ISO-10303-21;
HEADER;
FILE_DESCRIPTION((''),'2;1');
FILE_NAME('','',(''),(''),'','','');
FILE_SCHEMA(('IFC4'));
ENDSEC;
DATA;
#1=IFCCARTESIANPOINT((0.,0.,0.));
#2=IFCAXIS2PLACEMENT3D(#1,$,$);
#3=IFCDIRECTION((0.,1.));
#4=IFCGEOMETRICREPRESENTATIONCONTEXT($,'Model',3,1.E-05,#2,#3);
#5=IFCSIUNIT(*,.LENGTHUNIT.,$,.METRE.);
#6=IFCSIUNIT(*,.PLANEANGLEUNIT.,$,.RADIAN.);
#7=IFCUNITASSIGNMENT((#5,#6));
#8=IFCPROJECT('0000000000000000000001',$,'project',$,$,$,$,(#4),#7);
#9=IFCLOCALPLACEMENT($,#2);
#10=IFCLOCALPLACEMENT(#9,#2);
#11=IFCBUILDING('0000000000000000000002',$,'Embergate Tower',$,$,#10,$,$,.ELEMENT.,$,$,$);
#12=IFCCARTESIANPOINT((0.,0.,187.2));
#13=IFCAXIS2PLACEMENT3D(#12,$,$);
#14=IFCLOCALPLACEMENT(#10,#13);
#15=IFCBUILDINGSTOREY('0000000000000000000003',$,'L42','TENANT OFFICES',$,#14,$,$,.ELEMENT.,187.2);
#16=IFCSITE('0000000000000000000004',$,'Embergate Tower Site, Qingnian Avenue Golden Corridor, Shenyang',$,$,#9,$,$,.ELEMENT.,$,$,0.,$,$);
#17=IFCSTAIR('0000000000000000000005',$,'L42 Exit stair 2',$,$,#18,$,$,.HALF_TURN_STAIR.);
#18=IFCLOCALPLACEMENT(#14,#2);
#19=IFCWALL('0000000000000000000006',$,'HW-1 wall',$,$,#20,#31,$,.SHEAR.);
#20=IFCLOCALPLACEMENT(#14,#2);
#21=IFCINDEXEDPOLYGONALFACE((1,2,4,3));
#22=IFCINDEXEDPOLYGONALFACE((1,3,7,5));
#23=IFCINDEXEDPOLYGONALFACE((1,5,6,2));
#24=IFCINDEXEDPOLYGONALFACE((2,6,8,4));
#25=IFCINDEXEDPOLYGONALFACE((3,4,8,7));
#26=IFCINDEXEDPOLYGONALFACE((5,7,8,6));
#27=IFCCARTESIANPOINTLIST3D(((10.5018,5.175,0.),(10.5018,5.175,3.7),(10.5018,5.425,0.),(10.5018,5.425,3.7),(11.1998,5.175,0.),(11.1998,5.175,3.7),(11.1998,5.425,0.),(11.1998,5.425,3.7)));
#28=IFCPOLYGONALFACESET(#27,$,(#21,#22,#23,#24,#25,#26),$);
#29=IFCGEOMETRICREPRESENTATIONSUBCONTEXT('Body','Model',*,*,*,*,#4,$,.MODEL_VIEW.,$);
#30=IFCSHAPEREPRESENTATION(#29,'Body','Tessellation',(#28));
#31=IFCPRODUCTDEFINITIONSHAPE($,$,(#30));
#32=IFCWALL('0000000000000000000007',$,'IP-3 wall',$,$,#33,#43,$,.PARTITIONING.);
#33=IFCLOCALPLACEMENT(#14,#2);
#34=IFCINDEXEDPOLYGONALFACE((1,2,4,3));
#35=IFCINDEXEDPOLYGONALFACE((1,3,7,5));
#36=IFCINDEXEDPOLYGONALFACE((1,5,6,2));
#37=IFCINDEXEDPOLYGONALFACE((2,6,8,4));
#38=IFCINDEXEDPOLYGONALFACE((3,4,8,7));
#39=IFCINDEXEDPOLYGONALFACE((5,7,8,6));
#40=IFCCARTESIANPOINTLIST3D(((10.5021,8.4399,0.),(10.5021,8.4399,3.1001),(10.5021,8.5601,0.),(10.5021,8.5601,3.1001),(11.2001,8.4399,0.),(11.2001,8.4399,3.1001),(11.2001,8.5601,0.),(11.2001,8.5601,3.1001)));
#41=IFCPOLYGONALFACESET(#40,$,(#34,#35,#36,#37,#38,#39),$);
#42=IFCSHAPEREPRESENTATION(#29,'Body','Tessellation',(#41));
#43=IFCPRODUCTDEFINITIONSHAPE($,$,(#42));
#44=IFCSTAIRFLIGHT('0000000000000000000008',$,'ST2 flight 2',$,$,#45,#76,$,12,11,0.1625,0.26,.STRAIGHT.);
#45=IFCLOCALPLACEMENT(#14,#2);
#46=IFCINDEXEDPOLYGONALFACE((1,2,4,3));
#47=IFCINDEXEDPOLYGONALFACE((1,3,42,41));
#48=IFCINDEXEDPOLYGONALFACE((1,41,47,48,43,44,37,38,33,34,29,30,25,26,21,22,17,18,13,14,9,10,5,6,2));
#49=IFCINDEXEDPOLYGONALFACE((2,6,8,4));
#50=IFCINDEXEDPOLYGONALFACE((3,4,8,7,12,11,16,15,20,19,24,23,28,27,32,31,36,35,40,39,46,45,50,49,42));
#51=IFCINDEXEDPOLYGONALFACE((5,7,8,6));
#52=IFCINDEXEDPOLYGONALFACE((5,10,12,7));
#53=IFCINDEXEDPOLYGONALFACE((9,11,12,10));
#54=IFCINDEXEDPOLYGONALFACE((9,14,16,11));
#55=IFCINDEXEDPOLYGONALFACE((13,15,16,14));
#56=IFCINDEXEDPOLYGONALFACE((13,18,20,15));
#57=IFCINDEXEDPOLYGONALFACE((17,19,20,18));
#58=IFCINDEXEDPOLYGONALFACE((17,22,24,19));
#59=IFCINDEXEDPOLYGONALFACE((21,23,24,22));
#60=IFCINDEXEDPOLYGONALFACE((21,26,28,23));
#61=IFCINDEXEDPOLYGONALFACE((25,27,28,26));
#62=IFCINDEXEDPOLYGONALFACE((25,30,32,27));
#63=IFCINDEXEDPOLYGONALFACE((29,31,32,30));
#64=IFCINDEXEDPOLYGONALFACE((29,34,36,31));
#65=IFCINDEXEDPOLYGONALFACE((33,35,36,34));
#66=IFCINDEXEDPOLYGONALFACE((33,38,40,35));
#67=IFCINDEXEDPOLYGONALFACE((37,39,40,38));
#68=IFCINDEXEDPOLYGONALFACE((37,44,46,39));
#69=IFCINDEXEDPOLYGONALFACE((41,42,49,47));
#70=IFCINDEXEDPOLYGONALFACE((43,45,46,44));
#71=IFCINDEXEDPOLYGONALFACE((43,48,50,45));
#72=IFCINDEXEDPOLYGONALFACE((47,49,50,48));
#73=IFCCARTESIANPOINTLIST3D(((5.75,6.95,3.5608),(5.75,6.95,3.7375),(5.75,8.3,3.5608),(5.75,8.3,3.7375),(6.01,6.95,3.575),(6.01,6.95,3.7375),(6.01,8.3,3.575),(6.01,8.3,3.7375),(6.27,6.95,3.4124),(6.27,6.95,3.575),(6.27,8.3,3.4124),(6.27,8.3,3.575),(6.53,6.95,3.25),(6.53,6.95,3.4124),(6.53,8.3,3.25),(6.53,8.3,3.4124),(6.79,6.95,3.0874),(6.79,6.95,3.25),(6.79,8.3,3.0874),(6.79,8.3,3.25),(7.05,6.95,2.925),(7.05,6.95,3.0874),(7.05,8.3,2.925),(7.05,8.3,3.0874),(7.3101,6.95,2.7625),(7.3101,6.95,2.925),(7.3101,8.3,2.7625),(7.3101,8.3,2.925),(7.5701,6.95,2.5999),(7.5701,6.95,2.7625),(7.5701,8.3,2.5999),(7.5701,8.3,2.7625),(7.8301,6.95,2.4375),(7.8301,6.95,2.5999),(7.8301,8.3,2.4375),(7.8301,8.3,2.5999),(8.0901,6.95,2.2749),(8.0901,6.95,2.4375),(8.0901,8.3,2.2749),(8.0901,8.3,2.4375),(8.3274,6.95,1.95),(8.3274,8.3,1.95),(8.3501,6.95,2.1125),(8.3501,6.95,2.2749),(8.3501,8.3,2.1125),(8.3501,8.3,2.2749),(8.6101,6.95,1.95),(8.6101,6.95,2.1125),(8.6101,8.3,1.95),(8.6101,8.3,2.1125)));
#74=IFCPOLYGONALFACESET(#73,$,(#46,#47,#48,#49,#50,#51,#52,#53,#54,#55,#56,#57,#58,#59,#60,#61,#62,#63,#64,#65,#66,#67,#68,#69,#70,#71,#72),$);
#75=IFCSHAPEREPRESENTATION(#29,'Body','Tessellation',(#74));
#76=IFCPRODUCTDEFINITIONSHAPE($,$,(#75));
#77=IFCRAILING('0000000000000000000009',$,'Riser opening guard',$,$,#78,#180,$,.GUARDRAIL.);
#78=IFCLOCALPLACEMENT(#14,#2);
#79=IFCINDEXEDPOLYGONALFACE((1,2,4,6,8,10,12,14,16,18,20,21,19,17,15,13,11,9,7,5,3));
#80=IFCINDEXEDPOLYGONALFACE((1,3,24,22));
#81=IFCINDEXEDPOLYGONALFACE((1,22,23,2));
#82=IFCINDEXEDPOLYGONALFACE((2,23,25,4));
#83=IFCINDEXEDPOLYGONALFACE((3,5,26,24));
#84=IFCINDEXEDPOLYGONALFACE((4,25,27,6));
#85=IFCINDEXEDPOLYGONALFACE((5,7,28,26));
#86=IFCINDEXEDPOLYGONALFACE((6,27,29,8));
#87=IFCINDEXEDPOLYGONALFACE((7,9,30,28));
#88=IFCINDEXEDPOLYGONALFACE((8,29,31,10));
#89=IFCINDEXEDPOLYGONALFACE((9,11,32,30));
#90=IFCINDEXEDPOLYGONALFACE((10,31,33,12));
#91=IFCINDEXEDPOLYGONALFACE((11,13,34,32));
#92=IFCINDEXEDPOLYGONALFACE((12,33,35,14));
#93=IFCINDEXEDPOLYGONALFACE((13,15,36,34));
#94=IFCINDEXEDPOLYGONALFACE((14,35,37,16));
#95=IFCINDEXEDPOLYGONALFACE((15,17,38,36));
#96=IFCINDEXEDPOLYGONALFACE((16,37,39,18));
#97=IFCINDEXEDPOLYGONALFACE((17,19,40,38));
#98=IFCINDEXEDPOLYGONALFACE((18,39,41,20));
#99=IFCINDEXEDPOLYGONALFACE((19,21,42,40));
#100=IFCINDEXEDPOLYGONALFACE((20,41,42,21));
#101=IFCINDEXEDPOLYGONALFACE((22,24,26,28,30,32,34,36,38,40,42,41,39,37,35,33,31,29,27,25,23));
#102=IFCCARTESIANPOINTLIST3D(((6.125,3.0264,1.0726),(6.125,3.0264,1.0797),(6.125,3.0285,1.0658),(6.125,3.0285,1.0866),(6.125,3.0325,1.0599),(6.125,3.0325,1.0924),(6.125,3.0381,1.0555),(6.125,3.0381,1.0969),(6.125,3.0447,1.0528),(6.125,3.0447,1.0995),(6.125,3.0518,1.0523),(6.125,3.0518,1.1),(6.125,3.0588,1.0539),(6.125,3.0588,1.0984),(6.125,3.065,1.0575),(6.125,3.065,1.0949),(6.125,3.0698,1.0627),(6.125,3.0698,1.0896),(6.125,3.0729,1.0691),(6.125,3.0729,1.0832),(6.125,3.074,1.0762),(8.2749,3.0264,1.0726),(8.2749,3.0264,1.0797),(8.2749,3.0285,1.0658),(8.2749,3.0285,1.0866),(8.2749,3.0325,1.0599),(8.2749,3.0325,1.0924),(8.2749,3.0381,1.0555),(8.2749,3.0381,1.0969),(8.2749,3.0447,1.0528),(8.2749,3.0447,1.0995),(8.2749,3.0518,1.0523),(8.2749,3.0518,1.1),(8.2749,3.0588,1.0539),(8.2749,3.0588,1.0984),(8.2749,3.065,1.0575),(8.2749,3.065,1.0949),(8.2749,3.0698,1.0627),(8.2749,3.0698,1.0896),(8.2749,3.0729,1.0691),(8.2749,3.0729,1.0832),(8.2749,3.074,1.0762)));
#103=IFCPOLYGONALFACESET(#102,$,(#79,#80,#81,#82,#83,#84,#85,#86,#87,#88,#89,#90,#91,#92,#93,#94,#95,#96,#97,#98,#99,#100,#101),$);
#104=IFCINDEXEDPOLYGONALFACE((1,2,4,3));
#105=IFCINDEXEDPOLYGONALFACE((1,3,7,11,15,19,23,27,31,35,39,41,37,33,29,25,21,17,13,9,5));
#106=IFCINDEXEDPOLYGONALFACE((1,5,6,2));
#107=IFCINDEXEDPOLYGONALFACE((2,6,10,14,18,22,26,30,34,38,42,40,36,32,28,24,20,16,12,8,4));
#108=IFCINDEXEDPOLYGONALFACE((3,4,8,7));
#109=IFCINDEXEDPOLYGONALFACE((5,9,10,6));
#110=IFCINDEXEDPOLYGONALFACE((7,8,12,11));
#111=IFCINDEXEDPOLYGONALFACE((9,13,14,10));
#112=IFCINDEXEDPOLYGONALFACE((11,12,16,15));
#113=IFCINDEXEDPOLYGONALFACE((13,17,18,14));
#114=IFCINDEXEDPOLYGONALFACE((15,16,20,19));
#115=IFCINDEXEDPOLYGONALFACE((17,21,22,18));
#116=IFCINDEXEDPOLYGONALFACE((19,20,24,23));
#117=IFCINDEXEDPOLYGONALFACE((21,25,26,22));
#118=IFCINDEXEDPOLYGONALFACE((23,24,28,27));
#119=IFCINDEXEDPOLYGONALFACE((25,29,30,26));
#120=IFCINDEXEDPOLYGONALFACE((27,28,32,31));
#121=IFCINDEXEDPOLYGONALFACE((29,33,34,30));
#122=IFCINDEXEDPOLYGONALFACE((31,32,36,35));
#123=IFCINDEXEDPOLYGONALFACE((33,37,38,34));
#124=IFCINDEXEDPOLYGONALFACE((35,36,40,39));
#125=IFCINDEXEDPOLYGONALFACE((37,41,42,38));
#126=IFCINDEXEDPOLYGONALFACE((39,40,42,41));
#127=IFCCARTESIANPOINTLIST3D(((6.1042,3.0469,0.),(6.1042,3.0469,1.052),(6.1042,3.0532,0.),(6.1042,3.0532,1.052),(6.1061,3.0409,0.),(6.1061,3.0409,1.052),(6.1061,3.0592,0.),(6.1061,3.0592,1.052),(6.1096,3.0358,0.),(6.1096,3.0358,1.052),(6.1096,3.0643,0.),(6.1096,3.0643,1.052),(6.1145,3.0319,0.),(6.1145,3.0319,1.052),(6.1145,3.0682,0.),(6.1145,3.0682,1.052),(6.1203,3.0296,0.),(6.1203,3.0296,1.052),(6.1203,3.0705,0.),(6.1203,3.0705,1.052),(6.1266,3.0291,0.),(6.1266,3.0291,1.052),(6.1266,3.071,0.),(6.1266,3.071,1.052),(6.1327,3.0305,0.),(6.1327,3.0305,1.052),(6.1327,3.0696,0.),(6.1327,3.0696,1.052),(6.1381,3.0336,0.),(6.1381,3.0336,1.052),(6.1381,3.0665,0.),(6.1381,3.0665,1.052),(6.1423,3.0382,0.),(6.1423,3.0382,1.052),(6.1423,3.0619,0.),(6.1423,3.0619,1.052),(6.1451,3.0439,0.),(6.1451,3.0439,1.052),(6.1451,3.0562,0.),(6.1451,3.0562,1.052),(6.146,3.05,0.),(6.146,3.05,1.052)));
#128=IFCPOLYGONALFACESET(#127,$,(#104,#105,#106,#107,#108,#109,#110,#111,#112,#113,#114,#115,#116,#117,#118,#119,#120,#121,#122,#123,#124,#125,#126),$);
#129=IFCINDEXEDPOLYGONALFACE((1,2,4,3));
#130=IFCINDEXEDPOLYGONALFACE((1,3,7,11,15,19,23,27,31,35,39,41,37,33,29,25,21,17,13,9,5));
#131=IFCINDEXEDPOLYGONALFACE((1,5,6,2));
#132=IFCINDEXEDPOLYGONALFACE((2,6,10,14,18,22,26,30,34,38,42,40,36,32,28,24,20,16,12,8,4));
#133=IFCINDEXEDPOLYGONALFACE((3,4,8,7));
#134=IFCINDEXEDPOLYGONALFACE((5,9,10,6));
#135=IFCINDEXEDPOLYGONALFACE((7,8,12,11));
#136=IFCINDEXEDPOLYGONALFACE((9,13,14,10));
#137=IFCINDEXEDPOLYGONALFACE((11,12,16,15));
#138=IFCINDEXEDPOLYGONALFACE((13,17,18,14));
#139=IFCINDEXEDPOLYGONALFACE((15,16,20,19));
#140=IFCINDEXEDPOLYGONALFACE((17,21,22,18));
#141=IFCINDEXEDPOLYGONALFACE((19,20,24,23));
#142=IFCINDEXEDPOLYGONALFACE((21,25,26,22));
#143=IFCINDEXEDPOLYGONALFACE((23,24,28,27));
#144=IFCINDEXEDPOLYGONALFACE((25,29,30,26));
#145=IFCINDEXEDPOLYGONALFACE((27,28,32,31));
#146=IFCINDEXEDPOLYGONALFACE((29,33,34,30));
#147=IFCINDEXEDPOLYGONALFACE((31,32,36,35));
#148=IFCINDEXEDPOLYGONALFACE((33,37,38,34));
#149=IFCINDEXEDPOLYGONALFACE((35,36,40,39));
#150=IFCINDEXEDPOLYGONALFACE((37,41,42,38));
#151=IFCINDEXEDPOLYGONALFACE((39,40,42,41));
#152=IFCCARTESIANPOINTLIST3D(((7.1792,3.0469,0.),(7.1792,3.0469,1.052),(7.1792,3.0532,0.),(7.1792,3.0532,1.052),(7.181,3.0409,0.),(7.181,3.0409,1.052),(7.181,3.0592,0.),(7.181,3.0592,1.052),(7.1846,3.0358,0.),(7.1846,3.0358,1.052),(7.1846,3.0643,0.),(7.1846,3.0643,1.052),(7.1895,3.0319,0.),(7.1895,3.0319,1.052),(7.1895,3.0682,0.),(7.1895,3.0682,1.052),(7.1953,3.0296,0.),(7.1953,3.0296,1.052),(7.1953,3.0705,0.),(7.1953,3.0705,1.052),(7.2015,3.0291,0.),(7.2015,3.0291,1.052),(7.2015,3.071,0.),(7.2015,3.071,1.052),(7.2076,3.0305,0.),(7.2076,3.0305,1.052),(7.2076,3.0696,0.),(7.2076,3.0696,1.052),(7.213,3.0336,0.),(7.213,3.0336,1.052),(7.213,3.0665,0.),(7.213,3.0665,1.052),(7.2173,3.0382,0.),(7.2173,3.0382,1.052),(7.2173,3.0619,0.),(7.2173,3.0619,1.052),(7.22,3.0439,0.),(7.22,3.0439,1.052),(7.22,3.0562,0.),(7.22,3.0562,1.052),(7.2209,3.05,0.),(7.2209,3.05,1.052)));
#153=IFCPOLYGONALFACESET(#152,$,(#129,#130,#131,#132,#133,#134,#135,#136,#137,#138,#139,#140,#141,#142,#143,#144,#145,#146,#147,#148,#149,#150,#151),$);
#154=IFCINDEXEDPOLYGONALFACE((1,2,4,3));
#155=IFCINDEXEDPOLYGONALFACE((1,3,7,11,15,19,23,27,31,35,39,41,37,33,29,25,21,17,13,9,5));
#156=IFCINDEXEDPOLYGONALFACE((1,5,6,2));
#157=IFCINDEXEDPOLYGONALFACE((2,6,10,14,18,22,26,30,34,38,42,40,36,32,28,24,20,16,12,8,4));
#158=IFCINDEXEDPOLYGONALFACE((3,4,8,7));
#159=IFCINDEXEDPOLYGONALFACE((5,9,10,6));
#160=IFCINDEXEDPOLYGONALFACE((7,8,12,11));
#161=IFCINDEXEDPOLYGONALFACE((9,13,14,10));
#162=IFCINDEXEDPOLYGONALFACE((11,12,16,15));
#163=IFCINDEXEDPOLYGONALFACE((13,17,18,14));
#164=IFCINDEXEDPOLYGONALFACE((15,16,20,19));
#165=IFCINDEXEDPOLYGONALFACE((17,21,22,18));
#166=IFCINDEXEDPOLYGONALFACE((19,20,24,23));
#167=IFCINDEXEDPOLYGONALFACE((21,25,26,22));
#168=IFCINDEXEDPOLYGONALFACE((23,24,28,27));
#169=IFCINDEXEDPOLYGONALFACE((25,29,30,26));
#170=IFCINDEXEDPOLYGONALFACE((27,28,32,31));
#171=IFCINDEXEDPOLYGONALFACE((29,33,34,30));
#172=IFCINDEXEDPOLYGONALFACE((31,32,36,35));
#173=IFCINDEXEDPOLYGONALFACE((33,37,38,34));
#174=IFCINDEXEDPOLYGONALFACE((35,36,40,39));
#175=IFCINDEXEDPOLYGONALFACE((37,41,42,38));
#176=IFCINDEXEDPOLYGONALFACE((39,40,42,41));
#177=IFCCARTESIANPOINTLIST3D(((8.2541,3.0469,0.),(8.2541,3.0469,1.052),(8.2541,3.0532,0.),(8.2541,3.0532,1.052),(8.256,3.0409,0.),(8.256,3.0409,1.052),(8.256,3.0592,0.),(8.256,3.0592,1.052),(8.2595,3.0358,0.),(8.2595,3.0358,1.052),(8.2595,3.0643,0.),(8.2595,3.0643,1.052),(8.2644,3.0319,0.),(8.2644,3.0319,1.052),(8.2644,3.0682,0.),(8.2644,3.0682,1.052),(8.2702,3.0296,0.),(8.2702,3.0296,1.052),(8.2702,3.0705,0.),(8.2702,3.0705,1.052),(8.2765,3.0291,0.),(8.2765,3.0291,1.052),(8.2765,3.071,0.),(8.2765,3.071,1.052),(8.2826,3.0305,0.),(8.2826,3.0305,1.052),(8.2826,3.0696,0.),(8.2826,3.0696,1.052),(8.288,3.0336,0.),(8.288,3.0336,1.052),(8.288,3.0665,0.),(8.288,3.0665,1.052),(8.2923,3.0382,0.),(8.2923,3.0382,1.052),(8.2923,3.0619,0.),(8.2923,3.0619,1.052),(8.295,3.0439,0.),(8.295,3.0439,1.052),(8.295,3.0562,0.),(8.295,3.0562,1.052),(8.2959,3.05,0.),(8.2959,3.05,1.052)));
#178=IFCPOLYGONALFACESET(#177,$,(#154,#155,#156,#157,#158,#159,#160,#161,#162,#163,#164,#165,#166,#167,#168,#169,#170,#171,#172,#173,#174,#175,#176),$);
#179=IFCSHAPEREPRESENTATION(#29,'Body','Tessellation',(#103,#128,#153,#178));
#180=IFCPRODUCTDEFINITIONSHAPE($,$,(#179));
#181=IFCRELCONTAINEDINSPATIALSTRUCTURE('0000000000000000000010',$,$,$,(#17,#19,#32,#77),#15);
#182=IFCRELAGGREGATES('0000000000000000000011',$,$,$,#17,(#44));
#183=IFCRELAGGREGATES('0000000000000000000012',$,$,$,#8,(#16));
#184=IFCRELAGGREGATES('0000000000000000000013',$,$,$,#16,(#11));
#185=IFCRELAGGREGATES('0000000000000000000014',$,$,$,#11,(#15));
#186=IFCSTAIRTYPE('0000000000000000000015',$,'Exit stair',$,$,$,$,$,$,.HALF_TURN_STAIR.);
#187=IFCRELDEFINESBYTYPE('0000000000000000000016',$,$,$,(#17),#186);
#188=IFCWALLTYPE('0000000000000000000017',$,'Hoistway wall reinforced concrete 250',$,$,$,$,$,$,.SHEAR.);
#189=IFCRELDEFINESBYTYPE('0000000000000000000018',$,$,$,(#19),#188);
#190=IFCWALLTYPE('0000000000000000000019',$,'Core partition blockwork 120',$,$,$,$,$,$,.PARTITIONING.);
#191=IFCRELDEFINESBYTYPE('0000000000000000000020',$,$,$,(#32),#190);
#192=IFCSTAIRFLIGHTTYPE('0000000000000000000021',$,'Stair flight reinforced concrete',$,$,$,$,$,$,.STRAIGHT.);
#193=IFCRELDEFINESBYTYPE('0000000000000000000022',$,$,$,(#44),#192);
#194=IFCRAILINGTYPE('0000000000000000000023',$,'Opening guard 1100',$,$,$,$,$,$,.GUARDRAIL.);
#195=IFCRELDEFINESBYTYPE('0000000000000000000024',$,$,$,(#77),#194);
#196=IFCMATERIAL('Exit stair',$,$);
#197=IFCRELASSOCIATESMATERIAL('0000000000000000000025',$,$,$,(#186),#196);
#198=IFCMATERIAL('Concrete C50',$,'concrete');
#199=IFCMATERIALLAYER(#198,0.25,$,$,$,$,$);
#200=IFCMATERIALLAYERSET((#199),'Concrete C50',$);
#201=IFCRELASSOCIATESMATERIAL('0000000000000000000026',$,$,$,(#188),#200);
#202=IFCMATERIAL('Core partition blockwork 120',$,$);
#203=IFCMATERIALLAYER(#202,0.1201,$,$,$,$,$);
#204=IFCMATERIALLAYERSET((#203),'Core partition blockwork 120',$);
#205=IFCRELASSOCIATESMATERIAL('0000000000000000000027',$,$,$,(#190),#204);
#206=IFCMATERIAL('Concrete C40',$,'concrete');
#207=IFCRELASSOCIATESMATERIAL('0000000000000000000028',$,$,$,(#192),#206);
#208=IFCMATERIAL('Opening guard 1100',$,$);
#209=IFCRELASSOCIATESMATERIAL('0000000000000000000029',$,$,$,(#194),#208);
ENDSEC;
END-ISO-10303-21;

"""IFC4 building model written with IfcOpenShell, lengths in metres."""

from ifc_helpers import new_model, si_unit, direction, frame, frame_2d, origin, origin_2d, place, context, subcontext, project, spatial, polyline, rectangle, circle, outline, extrude, source, transform, mapped, material, layer, layer_set, type_object, element, aggregate, save


model = new_model("IFC4")

# Units and contexts
model_context = context("Model", 3, precision=1e-05, world=origin(), true_north=direction((0.0, 1.0)))
body_context = subcontext(model_context, "Body", "Model", "MODEL_VIEW")
ifc_project = project(units=[si_unit("LENGTHUNIT", "METRE"), si_unit("PLANEANGLEUNIT", "RADIAN")], contexts=[model_context])

# Site, building, storey
site_placement = place(None, origin())
site = spatial("IfcSite", under=ifc_project, at=site_placement, Name="Embergate Tower Site, Qingnian Avenue Golden Corridor, Shenyang", CompositionType="ELEMENT", RefElevation=0.0)
building_placement = place(site_placement, origin())
building = spatial("IfcBuilding", under=site, at=building_placement, Name="Embergate Tower", CompositionType="ELEMENT")
storey_placement = place(building_placement, frame((0.0, 0.0, 187.2)))
storey = spatial("IfcBuildingStorey", under=building, at=storey_placement, Name="L42", Description="TENANT OFFICES", CompositionType="ELEMENT", Elevation=187.2)

# Stair
ifc_material_1 = material(Name="Exit stair")
stair_type = type_object("IfcStairType", Name="Exit stair", PredefinedType="HALF_TURN_STAIR", material=ifc_material_1)
stair_placement = place(storey_placement, origin())
stair = element("IfcStair", 1, at=stair_placement, inside=storey, type_object=stair_type, Name="L42 Exit stair 2", PredefinedType="HALF_TURN_STAIR")
ifc_material_2 = material(Name="Concrete C40", Category="concrete")

# Shared definitions
ifc_material_3 = material(Name="Concrete C50", Category="concrete")
ifc_layer_1 = layer(ifc_material_3, 0.25)
ifc_layer_set_1 = layer_set([ifc_layer_1], Name="Concrete C50")
wall_type_1 = type_object("IfcWallType", Name="Hoistway wall reinforced concrete 250", PredefinedType="SHEAR", material=ifc_layer_set_1)

# Walls
shared_shape_1 = source(origin(), body_context, "Body", "SweptSolid", [
    extrude(rectangle(XDim=0.698, YDim=0.25, at=frame_2d((0.3491, 0.0))), origin(), (0.0, 0.0, 1.0), 3.7),
])
wall_1_placement = place(storey_placement, frame((11.2, 5.3, 0.0), z_axis=(0.0, 0.0, 1.0), x_axis=(-1.0, 0.0, 0.0)))
element("IfcWall", 2, at=wall_1_placement, inside=storey, type_object=wall_type_1, Name="HW-1 wall", PredefinedType="SHEAR", context=body_context, shape_type="MappedRepresentation", body=[
    mapped(shared_shape_1, transform((0.0, 0.0, 0.0))),
])
ifc_material_4 = material(Name="Core partition blockwork 120")
ifc_layer_2 = layer(ifc_material_4, 0.1201)
ifc_layer_set_2 = layer_set([ifc_layer_2], Name="Core partition blockwork 120")
wall_type_2 = type_object("IfcWallType", Name="Core partition blockwork 120", PredefinedType="PARTITIONING", material=ifc_layer_set_2)
shared_shape_2 = source(origin(), body_context, "Body", "SweptSolid", [
    extrude(rectangle(XDim=0.698, YDim=0.1201, at=frame_2d((0.3491, 0.0))), origin(), (0.0, 0.0, 1.0), 3.1001),
])
wall_2_placement = place(storey_placement, frame((10.502, 8.5, 0.0), z_axis=(0.0, 0.0, 1.0), x_axis=(1.0, 0.0, 0.0)))
element("IfcWall", 3, at=wall_2_placement, inside=storey, type_object=wall_type_2, Name="IP-3 wall", PredefinedType="PARTITIONING", context=body_context, shape_type="MappedRepresentation", body=[
    mapped(shared_shape_2, transform((0.0, 0.0, 0.0))),
])

# Stair flight
stair_flight_type = type_object("IfcStairFlightType", Name="Stair flight reinforced concrete", PredefinedType="STRAIGHT", material=ifc_material_2)
shared_shape_3 = source(origin(), body_context, "Body", "SweptSolid", [
    extrude(outline(polyline([(0.0, 0.0), (0.0, 0.1626), (0.26, 0.1626), (0.26, 0.325), (0.52, 0.325), (0.52, 0.4875), (0.78, 0.4875), (0.78, 0.6499), (1.04, 0.6499), (1.04, 0.8125), (1.3, 0.8125), (1.3, 0.9751), (1.5601, 0.9751), (1.5601, 1.1375), (1.8201, 1.1375), (1.8201, 1.3), (2.0801, 1.3), (2.0801, 1.4624), (2.3401, 1.4624), (2.3401, 1.625), (2.6001, 1.625), (2.6001, 1.7876), (2.8601, 1.7876), (2.8601, 1.95), (2.8601, 1.6108), (0.2827, 0.0), (0.0, 0.0)])), frame((0.0, 0.675, 0.0), z_axis=(0.0, -1.0, 0.0), x_axis=(1.0, 0.0, 0.0)), (0.0, 0.0, 1.0), 1.3501),
])
stair_flight_placement = place(storey_placement, frame((8.6101, 7.625, 1.95), z_axis=(0.0, 0.0, 1.0), x_axis=(-1.0, 0.0, 0.0)))
stair_flight = element("IfcStairFlight", 4, at=stair_flight_placement, type_object=stair_flight_type, Name="ST2 flight 2", NumberOfRisers=12, NumberOfTreads=11, PredefinedType="STRAIGHT", RiserHeight=0.1625, TreadLength=0.26, context=body_context, shape_type="MappedRepresentation", body=[
    mapped(shared_shape_3, transform((0.0, 0.0, 0.0))),
])
aggregate(stair, [stair_flight])

# Railing
ifc_material_5 = material(Name="Opening guard 1100")
railing_type = type_object("IfcRailingType", Name="Opening guard 1100", PredefinedType="GUARDRAIL", material=ifc_material_5)
shared_shape_4 = source(origin(), body_context, "Body", "SweptSolid", [
    extrude(circle(Radius=0.0239, at=origin_2d()), frame((0.0, 0.0, 1.0762), z_axis=(1.0, 0.0, 0.0), x_axis=(0.0, 1.0, 0.0)), (0.0, 0.0, 1.0), 2.1499),
    extrude(circle(Radius=0.021, at=origin_2d()), origin(), (0.0, 0.0, 1.0), 1.052),
    extrude(circle(Radius=0.021, at=origin_2d()), frame((1.075, 0.0, 0.0)), (0.0, 0.0, 1.0), 1.052),
    extrude(circle(Radius=0.021, at=origin_2d()), frame((2.1499, 0.0, 0.0)), (0.0, 0.0, 1.0), 1.052),
])
railing_placement = place(storey_placement, frame((6.125, 3.05, 0.0)))
element("IfcRailing", 5, at=railing_placement, inside=storey, type_object=railing_type, Name="Riser opening guard", PredefinedType="GUARDRAIL", context=body_context, shape_type="MappedRepresentation", body=[
    mapped(shared_shape_4, transform((0.0, 0.0, 0.0))),
])

save(model, "model.ifc")
